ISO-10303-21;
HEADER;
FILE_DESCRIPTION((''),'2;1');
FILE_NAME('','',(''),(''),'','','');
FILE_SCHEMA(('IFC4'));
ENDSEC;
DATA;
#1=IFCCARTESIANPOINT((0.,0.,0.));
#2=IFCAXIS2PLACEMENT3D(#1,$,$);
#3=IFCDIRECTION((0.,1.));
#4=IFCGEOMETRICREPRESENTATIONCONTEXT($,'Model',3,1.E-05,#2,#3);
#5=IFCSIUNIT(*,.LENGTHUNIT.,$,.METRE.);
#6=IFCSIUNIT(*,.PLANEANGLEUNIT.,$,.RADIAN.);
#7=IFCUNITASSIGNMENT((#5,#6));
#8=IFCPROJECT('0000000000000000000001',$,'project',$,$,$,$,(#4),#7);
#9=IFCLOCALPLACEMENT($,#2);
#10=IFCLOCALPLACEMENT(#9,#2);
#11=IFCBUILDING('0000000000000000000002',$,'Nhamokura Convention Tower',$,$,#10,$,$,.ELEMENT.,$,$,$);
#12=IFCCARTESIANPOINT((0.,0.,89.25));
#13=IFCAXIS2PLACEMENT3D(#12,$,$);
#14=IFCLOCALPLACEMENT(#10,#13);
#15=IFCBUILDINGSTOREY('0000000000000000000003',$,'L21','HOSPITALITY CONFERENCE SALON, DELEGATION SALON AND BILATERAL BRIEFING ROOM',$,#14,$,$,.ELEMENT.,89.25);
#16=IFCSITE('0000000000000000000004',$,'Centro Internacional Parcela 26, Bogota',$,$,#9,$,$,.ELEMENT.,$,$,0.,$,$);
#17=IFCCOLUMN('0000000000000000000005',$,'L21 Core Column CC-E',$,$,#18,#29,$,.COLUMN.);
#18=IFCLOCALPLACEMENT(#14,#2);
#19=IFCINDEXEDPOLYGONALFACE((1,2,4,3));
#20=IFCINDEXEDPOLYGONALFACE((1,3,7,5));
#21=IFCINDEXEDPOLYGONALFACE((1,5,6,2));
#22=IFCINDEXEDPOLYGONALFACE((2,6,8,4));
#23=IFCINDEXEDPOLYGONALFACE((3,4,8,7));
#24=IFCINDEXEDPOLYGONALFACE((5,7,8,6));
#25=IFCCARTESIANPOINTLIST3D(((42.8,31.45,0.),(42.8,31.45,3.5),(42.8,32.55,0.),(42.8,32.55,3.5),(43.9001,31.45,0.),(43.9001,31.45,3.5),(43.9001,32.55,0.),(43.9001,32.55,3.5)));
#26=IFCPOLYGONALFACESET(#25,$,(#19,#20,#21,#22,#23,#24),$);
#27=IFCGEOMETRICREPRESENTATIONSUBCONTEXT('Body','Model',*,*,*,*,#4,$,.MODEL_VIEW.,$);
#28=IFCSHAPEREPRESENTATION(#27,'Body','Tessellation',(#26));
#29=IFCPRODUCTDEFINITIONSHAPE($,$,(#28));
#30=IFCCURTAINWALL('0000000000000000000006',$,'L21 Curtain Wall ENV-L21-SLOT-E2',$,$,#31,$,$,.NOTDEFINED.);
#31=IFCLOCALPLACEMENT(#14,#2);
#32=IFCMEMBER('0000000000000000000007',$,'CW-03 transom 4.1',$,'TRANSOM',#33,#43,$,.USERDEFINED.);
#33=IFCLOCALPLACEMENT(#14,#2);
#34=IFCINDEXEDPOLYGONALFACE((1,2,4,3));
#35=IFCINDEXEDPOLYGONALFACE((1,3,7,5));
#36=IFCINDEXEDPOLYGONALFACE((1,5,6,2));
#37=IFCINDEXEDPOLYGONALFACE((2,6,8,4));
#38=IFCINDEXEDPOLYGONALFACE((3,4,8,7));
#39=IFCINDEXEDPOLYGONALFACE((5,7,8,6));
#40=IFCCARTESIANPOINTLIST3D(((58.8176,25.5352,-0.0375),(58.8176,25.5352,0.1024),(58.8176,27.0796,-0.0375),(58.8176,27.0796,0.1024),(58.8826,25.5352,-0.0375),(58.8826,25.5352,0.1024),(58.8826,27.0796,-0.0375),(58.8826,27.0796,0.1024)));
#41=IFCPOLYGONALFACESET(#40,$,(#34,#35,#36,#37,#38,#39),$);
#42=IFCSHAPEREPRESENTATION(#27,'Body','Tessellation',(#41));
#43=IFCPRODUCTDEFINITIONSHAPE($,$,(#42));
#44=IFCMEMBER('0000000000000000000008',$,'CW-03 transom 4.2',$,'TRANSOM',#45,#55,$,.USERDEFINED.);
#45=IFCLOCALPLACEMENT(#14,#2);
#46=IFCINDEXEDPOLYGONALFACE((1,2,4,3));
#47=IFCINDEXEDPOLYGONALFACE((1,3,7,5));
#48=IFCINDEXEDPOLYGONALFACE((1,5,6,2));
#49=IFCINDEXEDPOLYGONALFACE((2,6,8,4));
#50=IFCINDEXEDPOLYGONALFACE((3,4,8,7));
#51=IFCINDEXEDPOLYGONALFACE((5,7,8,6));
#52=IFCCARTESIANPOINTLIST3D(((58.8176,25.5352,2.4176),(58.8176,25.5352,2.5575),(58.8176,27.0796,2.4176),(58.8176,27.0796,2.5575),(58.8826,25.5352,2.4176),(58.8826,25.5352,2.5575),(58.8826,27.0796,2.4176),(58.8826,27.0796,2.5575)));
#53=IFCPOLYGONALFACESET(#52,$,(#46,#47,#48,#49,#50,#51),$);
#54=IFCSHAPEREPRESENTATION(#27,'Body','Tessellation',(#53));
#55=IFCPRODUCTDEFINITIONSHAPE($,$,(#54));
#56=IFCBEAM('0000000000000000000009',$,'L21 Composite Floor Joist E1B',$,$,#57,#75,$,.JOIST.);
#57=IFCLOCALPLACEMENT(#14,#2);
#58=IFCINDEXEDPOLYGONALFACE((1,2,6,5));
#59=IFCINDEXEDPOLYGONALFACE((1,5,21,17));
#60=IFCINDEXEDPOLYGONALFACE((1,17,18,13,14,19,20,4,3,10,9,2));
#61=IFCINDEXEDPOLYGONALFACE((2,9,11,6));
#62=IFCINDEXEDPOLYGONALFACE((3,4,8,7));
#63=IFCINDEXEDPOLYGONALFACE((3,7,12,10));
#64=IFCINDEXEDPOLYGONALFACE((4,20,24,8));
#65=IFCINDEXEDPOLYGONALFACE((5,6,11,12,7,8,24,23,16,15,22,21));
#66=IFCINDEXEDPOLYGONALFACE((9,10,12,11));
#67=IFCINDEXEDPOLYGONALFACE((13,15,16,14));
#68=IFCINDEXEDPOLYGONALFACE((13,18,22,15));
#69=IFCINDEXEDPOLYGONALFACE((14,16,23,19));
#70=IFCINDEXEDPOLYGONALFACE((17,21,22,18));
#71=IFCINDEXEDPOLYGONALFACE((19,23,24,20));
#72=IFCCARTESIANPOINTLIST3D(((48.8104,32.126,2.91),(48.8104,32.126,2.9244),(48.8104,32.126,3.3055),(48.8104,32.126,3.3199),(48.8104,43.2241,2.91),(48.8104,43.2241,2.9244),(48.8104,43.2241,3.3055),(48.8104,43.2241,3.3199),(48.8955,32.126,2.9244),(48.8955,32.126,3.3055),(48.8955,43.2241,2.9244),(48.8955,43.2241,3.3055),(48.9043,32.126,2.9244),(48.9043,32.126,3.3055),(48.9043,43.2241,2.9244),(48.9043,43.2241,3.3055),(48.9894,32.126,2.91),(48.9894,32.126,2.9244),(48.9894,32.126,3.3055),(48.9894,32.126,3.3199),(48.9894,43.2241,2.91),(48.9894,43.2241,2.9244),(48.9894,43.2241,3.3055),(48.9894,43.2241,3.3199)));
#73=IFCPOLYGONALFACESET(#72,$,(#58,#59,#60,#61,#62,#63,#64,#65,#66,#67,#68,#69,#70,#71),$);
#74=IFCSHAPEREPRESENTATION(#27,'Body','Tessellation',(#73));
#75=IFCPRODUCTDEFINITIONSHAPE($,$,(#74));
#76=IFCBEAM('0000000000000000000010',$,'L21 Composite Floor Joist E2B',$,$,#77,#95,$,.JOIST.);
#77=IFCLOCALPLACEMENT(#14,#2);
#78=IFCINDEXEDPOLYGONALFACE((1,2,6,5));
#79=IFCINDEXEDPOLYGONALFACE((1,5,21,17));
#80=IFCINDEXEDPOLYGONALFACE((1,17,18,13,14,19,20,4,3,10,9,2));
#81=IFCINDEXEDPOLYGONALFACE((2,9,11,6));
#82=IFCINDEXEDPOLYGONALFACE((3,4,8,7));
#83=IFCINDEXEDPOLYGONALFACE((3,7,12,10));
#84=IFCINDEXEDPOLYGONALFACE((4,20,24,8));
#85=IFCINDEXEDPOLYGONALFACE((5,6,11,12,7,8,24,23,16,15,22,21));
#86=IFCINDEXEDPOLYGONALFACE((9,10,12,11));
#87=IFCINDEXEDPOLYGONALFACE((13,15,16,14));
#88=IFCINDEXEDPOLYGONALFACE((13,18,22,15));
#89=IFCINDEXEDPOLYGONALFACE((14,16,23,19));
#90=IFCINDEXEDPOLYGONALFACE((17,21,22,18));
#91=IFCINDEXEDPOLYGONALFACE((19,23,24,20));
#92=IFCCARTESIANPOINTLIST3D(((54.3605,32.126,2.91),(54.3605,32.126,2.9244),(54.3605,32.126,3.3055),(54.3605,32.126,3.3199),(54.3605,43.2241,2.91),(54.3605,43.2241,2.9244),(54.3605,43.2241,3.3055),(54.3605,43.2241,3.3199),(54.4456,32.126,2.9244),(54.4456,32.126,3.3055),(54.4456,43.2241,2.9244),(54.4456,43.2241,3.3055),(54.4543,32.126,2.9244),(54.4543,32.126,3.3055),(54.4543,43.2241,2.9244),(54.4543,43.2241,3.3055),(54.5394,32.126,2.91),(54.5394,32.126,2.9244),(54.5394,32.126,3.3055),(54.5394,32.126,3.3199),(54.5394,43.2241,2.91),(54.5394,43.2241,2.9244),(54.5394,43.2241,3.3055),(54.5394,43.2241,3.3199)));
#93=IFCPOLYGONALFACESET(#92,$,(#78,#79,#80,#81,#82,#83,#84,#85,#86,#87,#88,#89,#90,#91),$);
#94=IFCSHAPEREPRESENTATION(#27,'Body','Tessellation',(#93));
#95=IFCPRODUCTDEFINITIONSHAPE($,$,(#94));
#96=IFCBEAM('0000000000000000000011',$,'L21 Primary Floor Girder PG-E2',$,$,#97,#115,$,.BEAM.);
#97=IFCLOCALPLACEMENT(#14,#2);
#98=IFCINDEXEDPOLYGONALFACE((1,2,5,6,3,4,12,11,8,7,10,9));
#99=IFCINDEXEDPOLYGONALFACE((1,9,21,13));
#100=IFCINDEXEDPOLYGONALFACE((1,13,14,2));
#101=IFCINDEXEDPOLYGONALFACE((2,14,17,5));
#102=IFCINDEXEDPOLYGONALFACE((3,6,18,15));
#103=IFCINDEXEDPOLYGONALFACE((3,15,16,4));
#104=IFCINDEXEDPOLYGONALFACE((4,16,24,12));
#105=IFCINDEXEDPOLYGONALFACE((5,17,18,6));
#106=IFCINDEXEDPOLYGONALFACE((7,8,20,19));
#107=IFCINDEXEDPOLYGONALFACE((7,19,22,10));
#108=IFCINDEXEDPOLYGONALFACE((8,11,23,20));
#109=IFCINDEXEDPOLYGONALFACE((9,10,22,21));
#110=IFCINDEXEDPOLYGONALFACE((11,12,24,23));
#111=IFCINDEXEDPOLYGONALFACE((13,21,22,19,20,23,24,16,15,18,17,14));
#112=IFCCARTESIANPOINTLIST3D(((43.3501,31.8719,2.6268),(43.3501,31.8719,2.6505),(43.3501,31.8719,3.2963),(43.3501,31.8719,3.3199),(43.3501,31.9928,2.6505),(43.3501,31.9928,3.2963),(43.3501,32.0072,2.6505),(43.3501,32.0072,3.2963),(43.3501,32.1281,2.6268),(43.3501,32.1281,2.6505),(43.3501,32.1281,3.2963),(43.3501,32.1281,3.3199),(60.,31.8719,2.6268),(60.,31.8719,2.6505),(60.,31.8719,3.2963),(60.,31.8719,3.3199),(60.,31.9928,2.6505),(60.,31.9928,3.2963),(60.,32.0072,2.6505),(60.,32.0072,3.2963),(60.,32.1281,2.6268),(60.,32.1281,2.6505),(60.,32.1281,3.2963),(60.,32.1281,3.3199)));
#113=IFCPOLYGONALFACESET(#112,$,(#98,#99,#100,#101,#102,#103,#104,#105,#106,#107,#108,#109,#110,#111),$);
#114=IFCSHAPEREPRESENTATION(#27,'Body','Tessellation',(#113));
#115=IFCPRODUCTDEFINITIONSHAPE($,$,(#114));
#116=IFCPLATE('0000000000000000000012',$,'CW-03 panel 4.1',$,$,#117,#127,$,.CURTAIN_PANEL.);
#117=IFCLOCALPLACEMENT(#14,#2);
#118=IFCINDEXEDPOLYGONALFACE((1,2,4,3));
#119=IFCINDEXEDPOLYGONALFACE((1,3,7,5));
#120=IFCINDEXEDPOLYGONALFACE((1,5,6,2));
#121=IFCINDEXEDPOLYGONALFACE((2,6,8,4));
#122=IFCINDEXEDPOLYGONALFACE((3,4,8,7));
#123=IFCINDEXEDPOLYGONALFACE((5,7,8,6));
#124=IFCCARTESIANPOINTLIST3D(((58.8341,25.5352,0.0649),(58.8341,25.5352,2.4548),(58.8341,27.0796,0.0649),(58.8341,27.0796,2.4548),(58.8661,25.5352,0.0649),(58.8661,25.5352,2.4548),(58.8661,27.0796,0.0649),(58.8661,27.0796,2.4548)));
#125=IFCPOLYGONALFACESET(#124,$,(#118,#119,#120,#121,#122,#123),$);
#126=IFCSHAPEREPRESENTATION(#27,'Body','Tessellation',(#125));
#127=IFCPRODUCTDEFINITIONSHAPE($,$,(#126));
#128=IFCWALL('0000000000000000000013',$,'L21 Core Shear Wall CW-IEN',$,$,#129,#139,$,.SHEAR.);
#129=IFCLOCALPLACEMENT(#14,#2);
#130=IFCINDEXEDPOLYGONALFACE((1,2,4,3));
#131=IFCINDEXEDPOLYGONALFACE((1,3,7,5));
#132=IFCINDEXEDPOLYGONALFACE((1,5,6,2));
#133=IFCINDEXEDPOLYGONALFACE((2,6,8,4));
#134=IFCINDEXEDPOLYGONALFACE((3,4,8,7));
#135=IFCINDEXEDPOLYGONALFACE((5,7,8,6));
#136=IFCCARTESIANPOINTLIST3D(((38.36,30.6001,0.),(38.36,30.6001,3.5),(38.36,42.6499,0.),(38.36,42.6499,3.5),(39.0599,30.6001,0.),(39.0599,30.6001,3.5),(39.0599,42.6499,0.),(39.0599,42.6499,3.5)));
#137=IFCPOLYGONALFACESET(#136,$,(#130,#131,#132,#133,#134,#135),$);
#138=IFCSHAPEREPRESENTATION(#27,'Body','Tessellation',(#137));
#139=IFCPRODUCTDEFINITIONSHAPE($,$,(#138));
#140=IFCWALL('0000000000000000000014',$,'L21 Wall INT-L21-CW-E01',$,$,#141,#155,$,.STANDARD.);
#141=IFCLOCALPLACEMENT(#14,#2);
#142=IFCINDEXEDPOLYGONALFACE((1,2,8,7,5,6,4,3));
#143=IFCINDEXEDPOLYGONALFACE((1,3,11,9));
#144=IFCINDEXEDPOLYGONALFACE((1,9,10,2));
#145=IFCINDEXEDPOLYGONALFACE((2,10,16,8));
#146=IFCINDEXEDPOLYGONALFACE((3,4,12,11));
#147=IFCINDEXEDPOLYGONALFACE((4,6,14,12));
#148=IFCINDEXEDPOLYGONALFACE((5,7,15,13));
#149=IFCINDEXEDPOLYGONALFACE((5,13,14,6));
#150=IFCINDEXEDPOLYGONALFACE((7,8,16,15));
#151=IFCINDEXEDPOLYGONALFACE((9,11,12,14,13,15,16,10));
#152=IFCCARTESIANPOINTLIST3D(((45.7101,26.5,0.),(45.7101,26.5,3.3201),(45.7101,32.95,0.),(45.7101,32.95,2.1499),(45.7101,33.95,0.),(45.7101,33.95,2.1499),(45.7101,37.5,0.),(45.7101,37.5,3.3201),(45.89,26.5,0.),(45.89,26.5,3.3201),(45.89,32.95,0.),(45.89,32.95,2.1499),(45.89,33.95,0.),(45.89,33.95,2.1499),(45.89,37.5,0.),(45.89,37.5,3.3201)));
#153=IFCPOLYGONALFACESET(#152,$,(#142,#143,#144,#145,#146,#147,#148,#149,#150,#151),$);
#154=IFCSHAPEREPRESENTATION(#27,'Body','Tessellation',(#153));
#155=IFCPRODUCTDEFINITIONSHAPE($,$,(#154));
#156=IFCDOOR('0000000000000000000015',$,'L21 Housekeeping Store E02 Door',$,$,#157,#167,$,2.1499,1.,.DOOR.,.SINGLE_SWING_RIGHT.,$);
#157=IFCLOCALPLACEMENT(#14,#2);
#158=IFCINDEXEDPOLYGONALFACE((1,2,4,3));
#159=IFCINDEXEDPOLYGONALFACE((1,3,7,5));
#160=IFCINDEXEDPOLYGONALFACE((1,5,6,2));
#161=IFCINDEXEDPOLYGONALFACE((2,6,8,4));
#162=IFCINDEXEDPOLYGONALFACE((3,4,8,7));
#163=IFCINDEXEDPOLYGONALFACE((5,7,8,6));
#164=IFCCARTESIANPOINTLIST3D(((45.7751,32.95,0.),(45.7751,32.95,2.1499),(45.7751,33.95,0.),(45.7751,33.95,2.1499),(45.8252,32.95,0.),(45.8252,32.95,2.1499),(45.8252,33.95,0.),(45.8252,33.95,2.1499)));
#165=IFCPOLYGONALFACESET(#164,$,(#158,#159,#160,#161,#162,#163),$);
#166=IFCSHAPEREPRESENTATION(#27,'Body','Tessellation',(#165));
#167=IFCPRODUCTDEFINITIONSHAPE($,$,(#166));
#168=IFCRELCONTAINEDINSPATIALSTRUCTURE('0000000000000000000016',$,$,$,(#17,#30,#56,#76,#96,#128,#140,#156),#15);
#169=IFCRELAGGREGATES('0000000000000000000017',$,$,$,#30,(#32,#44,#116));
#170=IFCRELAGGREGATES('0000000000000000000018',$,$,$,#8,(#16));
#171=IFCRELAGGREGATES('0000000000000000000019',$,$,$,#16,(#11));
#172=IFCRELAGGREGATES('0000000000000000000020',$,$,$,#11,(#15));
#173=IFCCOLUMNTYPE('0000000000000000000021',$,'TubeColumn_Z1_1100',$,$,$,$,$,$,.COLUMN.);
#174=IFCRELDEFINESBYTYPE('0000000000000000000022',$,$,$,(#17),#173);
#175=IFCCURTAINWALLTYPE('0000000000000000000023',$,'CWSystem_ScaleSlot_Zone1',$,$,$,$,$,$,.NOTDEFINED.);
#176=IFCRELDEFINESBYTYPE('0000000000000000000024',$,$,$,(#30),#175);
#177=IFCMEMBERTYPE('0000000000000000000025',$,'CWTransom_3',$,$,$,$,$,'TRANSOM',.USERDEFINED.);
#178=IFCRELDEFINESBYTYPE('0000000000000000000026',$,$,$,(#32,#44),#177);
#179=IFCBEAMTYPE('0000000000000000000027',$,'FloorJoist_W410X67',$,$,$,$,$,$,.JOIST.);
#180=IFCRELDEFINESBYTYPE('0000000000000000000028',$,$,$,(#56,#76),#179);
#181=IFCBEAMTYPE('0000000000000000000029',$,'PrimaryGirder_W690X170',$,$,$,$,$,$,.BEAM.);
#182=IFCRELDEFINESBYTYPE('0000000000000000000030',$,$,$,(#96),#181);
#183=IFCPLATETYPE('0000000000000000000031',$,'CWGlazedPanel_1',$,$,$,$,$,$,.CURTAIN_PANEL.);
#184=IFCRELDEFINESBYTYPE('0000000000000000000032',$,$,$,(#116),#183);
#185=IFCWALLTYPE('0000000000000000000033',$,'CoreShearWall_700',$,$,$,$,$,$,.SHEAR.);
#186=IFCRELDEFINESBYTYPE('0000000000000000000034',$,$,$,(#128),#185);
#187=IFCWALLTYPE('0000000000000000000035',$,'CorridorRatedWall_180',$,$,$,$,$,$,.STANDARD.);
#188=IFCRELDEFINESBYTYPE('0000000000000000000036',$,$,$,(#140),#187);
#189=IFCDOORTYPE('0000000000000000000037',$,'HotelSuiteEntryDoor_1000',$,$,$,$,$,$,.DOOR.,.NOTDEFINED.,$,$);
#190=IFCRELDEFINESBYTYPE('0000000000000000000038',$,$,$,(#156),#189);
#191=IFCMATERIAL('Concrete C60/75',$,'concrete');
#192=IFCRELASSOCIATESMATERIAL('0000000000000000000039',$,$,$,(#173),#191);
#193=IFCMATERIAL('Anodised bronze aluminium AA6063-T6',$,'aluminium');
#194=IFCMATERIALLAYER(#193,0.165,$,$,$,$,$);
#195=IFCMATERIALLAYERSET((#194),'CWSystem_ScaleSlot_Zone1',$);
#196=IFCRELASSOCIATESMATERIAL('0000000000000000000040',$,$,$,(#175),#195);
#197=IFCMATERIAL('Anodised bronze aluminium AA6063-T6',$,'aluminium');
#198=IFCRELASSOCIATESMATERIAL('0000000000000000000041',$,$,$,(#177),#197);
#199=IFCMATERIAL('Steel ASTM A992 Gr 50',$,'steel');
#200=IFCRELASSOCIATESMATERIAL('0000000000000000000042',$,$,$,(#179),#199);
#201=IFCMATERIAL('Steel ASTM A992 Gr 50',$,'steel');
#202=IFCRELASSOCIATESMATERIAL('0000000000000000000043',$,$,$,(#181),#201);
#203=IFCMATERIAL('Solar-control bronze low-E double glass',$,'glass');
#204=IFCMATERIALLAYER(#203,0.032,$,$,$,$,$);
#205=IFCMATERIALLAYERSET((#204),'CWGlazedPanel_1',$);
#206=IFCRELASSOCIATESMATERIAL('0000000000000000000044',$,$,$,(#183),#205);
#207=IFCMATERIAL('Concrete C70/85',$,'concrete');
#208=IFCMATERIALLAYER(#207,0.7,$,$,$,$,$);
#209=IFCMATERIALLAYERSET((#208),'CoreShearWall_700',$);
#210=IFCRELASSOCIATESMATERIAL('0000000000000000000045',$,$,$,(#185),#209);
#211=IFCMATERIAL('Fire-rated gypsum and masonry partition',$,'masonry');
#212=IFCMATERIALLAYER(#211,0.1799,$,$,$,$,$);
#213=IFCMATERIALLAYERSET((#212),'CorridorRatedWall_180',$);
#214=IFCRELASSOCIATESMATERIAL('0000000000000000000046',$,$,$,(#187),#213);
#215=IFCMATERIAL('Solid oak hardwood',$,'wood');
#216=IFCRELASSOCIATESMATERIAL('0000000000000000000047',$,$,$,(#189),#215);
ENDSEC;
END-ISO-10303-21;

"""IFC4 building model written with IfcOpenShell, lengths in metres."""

from ifc_helpers import new_model, si_unit, direction, frame, frame_2d, origin, origin_2d, place, context, subcontext, project, spatial, rectangle, i_section, extrude, material, layer, layer_set, material_profile, profile_set, type_object, element, fill, aggregate, save


model = new_model("IFC4")

# Units and contexts
model_context = context("Model", 3, precision=1e-05, world=origin(), true_north=direction((0.0, 1.0)))
body_context = subcontext(model_context, "Body", "Model", "MODEL_VIEW")
ifc_project = project(units=[si_unit("LENGTHUNIT", "METRE"), si_unit("PLANEANGLEUNIT", "RADIAN")], contexts=[model_context])

# Site, building, storey
site_placement = place(None, origin())
site = spatial("IfcSite", under=ifc_project, at=site_placement, Name="Centro Internacional Parcela 26, Bogota", CompositionType="ELEMENT", RefElevation=0.0)
building_placement = place(site_placement, origin())
building = spatial("IfcBuilding", under=site, at=building_placement, Name="Nhamokura Convention Tower", CompositionType="ELEMENT")
storey_placement = place(building_placement, frame((0.0, 0.0, 89.25)))
storey = spatial("IfcBuildingStorey", under=building, at=storey_placement, Name="L21", Description="HOSPITALITY CONFERENCE SALON, DELEGATION SALON AND BILATERAL BRIEFING ROOM", CompositionType="ELEMENT", Elevation=89.25)

# Column
ifc_material_1 = material(Name="Concrete C60/75", Category="concrete")
ifc_material_profile_1 = material_profile(ifc_material_1, rectangle(XDim=1.1001, YDim=1.1001, at=origin_2d()))
ifc_profile_set_1 = profile_set([ifc_material_profile_1], Name="Concrete C60/75")
column_type = type_object("IfcColumnType", Name="TubeColumn_Z1_1100", PredefinedType="COLUMN", material=ifc_profile_set_1)
column_placement = place(storey_placement, frame((43.3501, 32.0, 0.0), z_axis=(0.0, 0.0, 1.0), x_axis=(1.0, 0.0, 0.0)))
element("IfcColumn", 1, at=column_placement, inside=storey, type_object=column_type, Name="L21 Core Column CC-E", PredefinedType="COLUMN", context=body_context, shape_type="SweptSolid", body=[
    extrude(rectangle(XDim=1.1001, YDim=1.1001, at=origin_2d()), origin(), (0.0, 0.0, 1.0), 3.5),
])

# Curtain wall, members
ifc_material_2 = material(Name="Anodised bronze aluminium AA6063-T6", Category="aluminium")
ifc_layer_1 = layer(ifc_material_2, 0.165)
ifc_layer_set_1 = layer_set([ifc_layer_1], Name="CWSystem_ScaleSlot_Zone1")
curtain_wall_type = type_object("IfcCurtainWallType", Name="CWSystem_ScaleSlot_Zone1", PredefinedType="NOTDEFINED", material=ifc_layer_set_1)
curtain_wall_placement = place(storey_placement, origin())
curtain_wall = element("IfcCurtainWall", 2, at=curtain_wall_placement, inside=storey, type_object=curtain_wall_type, Name="L21 Curtain Wall ENV-L21-SLOT-E2", PredefinedType="NOTDEFINED")
ifc_material_3 = material(Name="Anodised bronze aluminium AA6063-T6", Category="aluminium")
ifc_material_profile_2 = material_profile(ifc_material_3, rectangle(XDim=0.0649, YDim=0.1399, at=origin_2d()))
ifc_profile_set_2 = profile_set([ifc_material_profile_2], Name="Anodised bronze aluminium AA6063-T6")
member_type = type_object("IfcMemberType", Name="CWTransom_3", ElementType="TRANSOM", PredefinedType="USERDEFINED", material=ifc_profile_set_2)
member_1_placement = place(storey_placement, frame((58.8501, 27.0796, 0.0325), z_axis=(0.0, -1.0, 0.0), x_axis=(1.0, 0.0, 0.0)))
member_1 = element("IfcMember", 3, at=member_1_placement, type_object=member_type, Name="CW-03 transom 4.1", ObjectType="TRANSOM", PredefinedType="USERDEFINED", context=body_context, shape_type="SweptSolid", body=[
    extrude(rectangle(XDim=0.0649, YDim=0.1399, at=origin_2d()), origin(), (0.0, 0.0, 1.0), 1.5444),
])
member_2_placement = place(storey_placement, frame((58.8501, 27.0796, 2.4875), z_axis=(0.0, -1.0, 0.0), x_axis=(1.0, 0.0, 0.0)))
member_2 = element("IfcMember", 4, at=member_2_placement, type_object=member_type, Name="CW-03 transom 4.2", ObjectType="TRANSOM", PredefinedType="USERDEFINED", context=body_context, shape_type="SweptSolid", body=[
    extrude(rectangle(XDim=0.0649, YDim=0.1399, at=origin_2d()), origin(), (0.0, 0.0, 1.0), 1.5444),
])

# Beams
ifc_material_4 = material(Name="Steel ASTM A992 Gr 50", Category="steel")
ifc_material_profile_3 = material_profile(ifc_material_4, i_section(OverallWidth=0.179, OverallDepth=0.4099, WebThickness=0.0088, FlangeThickness=0.0144, at=origin_2d()))
ifc_profile_set_3 = profile_set([ifc_material_profile_3], Name="Steel ASTM A992 Gr 50")
beam_type_1 = type_object("IfcBeamType", Name="FloorJoist_W410X67", PredefinedType="JOIST", material=ifc_profile_set_3)
for number, where, z_axis, x_axis, name in (
    (5, (48.8999, 32.126, 3.115), (0.0, 1.0, 0.0), (-1.0, 0.0, 0.0), "L21 Composite Floor Joist E1B"),
    (6, (54.45, 32.126, 3.115), (0.0, 1.0, 0.0), (-1.0, 0.0, 0.0), "L21 Composite Floor Joist E2B"),
):
    element("IfcBeam", number, at=place(storey_placement, frame(where, z_axis=z_axis, x_axis=x_axis)), inside=storey, type_object=beam_type_1, Name=name, PredefinedType="JOIST", context=body_context, shape_type="SweptSolid", body=[
        extrude(i_section(OverallWidth=0.179, OverallDepth=0.4099, WebThickness=0.0088, FlangeThickness=0.0144, at=origin_2d()), origin(), (0.0, 0.0, 1.0), 11.0981),
    ])
ifc_material_5 = material(Name="Steel ASTM A992 Gr 50", Category="steel")
ifc_material_profile_4 = material_profile(ifc_material_5, i_section(OverallWidth=0.2561, OverallDepth=0.6931, WebThickness=0.0144, FlangeThickness=0.0237, at=origin_2d()))
ifc_profile_set_4 = profile_set([ifc_material_profile_4], Name="Steel ASTM A992 Gr 50")
beam_type_2 = type_object("IfcBeamType", Name="PrimaryGirder_W690X170", PredefinedType="BEAM", material=ifc_profile_set_4)
beam_placement = place(storey_placement, frame((43.3501, 32.0, 2.9734), z_axis=(1.0, 0.0, 0.0), x_axis=(0.0, 1.0, 0.0)))
element("IfcBeam", 7, at=beam_placement, inside=storey, type_object=beam_type_2, Name="L21 Primary Floor Girder PG-E2", PredefinedType="BEAM", context=body_context, shape_type="SweptSolid", body=[
    extrude(i_section(OverallWidth=0.2561, OverallDepth=0.6931, WebThickness=0.0144, FlangeThickness=0.0237, at=origin_2d()), origin(), (0.0, 0.0, 1.0), 16.6499),
])

# Plate
ifc_material_6 = material(Name="Solar-control bronze low-E double glass", Category="glass")
ifc_layer_2 = layer(ifc_material_6, 0.032)
ifc_layer_set_2 = layer_set([ifc_layer_2], Name="CWGlazedPanel_1")
plate_type = type_object("IfcPlateType", Name="CWGlazedPanel_1", PredefinedType="CURTAIN_PANEL", material=ifc_layer_set_2)
plate_placement = place(storey_placement, frame((58.8501, 26.3074, 0.0649), z_axis=(0.0, 0.0, 1.0), x_axis=(0.0, -1.0, 0.0)))
plate = element("IfcPlate", 8, at=plate_placement, type_object=plate_type, Name="CW-03 panel 4.1", PredefinedType="CURTAIN_PANEL", context=body_context, shape_type="SweptSolid", body=[
    extrude(rectangle(XDim=1.5444, YDim=0.032, at=origin_2d()), origin(), (0.0, 0.0, 1.0), 2.3899),
])
aggregate(curtain_wall, [member_1, member_2, plate])

# Shared definitions
ifc_material_7 = material(Name="Concrete C70/85", Category="concrete")
ifc_layer_3 = layer(ifc_material_7, 0.7)
ifc_layer_set_3 = layer_set([ifc_layer_3], Name="CoreShearWall_700")
wall_type_1 = type_object("IfcWallType", Name="CoreShearWall_700", PredefinedType="SHEAR", material=ifc_layer_set_3)

# Wall
wall_1_placement = place(storey_placement, frame((38.71, 30.6001, 0.0), z_axis=(0.0, 0.0, 1.0), x_axis=(0.0, 1.0, 0.0)))
element("IfcWall", 9, at=wall_1_placement, inside=storey, type_object=wall_type_1, Name="L21 Core Shear Wall CW-IEN", PredefinedType="SHEAR", context=body_context, shape_type="SweptSolid", body=[
    extrude(rectangle(XDim=12.0498, YDim=0.7, at=frame_2d((6.0249, 0.0))), origin(), (0.0, 0.0, 1.0), 3.5),
])

# Wall, opening, door
ifc_material_8 = material(Name="Fire-rated gypsum and masonry partition", Category="masonry")
ifc_layer_4 = layer(ifc_material_8, 0.1799)
ifc_layer_set_4 = layer_set([ifc_layer_4], Name="CorridorRatedWall_180")
wall_type_2 = type_object("IfcWallType", Name="CorridorRatedWall_180", PredefinedType="STANDARD", material=ifc_layer_set_4)
wall_2_placement = place(storey_placement, frame((45.8, 26.5, 0.0), z_axis=(0.0, 0.0, 1.0), x_axis=(0.0, 1.0, 0.0)))
wall_2 = element("IfcWall", 10, at=wall_2_placement, inside=storey, type_object=wall_type_2, Name="L21 Wall INT-L21-CW-E01", PredefinedType="STANDARD", context=body_context, shape_type="SweptSolid", body=[
    extrude(rectangle(XDim=11.0, YDim=0.1799, at=frame_2d((5.5, 0.0))), origin(), (0.0, 0.0, 1.0), 3.3201),
])
opening_1_placement = place(wall_2_placement, frame((6.45, 0.0, 0.0)))
opening_1 = element("IfcOpeningElement", 11, at=opening_1_placement, cuts=wall_2, PredefinedType="OPENING", context=body_context, shape_type="SweptSolid", body=[
    extrude(rectangle(XDim=1.0, YDim=2.1499, at=frame_2d((0.5, 1.075))), frame((0.0, 0.0999, 0.0), z_axis=(0.0, -1.0, 0.0), x_axis=(1.0, 0.0, 0.0)), (0.0, 0.0, 1.0), 0.2),
])
ifc_material_9 = material(Name="Solid oak hardwood", Category="wood")
door_type_1 = type_object("IfcDoorType", Name="HotelSuiteEntryDoor_1000", OperationType="NOTDEFINED", PredefinedType="DOOR", material=ifc_material_9)
door_1_placement = place(opening_1_placement, origin())
door_1 = element("IfcDoor", 12, at=door_1_placement, inside=storey, type_object=door_type_1, Name="L21 Housekeeping Store E02 Door", OperationType="SINGLE_SWING_RIGHT", OverallHeight=2.1499, OverallWidth=1.0, PredefinedType="DOOR", context=body_context, shape_type="SweptSolid", body=[
    extrude(rectangle(XDim=1.0, YDim=2.1499, at=frame_2d((0.5, 1.075))), frame((0.0, 0.0249, 0.0), z_axis=(0.0, -1.0, 0.0), x_axis=(1.0, 0.0, 0.0)), (0.0, 0.0, 1.0), 0.05),
])
fill(opening_1, door_1)

save(model, "model.ifc")
